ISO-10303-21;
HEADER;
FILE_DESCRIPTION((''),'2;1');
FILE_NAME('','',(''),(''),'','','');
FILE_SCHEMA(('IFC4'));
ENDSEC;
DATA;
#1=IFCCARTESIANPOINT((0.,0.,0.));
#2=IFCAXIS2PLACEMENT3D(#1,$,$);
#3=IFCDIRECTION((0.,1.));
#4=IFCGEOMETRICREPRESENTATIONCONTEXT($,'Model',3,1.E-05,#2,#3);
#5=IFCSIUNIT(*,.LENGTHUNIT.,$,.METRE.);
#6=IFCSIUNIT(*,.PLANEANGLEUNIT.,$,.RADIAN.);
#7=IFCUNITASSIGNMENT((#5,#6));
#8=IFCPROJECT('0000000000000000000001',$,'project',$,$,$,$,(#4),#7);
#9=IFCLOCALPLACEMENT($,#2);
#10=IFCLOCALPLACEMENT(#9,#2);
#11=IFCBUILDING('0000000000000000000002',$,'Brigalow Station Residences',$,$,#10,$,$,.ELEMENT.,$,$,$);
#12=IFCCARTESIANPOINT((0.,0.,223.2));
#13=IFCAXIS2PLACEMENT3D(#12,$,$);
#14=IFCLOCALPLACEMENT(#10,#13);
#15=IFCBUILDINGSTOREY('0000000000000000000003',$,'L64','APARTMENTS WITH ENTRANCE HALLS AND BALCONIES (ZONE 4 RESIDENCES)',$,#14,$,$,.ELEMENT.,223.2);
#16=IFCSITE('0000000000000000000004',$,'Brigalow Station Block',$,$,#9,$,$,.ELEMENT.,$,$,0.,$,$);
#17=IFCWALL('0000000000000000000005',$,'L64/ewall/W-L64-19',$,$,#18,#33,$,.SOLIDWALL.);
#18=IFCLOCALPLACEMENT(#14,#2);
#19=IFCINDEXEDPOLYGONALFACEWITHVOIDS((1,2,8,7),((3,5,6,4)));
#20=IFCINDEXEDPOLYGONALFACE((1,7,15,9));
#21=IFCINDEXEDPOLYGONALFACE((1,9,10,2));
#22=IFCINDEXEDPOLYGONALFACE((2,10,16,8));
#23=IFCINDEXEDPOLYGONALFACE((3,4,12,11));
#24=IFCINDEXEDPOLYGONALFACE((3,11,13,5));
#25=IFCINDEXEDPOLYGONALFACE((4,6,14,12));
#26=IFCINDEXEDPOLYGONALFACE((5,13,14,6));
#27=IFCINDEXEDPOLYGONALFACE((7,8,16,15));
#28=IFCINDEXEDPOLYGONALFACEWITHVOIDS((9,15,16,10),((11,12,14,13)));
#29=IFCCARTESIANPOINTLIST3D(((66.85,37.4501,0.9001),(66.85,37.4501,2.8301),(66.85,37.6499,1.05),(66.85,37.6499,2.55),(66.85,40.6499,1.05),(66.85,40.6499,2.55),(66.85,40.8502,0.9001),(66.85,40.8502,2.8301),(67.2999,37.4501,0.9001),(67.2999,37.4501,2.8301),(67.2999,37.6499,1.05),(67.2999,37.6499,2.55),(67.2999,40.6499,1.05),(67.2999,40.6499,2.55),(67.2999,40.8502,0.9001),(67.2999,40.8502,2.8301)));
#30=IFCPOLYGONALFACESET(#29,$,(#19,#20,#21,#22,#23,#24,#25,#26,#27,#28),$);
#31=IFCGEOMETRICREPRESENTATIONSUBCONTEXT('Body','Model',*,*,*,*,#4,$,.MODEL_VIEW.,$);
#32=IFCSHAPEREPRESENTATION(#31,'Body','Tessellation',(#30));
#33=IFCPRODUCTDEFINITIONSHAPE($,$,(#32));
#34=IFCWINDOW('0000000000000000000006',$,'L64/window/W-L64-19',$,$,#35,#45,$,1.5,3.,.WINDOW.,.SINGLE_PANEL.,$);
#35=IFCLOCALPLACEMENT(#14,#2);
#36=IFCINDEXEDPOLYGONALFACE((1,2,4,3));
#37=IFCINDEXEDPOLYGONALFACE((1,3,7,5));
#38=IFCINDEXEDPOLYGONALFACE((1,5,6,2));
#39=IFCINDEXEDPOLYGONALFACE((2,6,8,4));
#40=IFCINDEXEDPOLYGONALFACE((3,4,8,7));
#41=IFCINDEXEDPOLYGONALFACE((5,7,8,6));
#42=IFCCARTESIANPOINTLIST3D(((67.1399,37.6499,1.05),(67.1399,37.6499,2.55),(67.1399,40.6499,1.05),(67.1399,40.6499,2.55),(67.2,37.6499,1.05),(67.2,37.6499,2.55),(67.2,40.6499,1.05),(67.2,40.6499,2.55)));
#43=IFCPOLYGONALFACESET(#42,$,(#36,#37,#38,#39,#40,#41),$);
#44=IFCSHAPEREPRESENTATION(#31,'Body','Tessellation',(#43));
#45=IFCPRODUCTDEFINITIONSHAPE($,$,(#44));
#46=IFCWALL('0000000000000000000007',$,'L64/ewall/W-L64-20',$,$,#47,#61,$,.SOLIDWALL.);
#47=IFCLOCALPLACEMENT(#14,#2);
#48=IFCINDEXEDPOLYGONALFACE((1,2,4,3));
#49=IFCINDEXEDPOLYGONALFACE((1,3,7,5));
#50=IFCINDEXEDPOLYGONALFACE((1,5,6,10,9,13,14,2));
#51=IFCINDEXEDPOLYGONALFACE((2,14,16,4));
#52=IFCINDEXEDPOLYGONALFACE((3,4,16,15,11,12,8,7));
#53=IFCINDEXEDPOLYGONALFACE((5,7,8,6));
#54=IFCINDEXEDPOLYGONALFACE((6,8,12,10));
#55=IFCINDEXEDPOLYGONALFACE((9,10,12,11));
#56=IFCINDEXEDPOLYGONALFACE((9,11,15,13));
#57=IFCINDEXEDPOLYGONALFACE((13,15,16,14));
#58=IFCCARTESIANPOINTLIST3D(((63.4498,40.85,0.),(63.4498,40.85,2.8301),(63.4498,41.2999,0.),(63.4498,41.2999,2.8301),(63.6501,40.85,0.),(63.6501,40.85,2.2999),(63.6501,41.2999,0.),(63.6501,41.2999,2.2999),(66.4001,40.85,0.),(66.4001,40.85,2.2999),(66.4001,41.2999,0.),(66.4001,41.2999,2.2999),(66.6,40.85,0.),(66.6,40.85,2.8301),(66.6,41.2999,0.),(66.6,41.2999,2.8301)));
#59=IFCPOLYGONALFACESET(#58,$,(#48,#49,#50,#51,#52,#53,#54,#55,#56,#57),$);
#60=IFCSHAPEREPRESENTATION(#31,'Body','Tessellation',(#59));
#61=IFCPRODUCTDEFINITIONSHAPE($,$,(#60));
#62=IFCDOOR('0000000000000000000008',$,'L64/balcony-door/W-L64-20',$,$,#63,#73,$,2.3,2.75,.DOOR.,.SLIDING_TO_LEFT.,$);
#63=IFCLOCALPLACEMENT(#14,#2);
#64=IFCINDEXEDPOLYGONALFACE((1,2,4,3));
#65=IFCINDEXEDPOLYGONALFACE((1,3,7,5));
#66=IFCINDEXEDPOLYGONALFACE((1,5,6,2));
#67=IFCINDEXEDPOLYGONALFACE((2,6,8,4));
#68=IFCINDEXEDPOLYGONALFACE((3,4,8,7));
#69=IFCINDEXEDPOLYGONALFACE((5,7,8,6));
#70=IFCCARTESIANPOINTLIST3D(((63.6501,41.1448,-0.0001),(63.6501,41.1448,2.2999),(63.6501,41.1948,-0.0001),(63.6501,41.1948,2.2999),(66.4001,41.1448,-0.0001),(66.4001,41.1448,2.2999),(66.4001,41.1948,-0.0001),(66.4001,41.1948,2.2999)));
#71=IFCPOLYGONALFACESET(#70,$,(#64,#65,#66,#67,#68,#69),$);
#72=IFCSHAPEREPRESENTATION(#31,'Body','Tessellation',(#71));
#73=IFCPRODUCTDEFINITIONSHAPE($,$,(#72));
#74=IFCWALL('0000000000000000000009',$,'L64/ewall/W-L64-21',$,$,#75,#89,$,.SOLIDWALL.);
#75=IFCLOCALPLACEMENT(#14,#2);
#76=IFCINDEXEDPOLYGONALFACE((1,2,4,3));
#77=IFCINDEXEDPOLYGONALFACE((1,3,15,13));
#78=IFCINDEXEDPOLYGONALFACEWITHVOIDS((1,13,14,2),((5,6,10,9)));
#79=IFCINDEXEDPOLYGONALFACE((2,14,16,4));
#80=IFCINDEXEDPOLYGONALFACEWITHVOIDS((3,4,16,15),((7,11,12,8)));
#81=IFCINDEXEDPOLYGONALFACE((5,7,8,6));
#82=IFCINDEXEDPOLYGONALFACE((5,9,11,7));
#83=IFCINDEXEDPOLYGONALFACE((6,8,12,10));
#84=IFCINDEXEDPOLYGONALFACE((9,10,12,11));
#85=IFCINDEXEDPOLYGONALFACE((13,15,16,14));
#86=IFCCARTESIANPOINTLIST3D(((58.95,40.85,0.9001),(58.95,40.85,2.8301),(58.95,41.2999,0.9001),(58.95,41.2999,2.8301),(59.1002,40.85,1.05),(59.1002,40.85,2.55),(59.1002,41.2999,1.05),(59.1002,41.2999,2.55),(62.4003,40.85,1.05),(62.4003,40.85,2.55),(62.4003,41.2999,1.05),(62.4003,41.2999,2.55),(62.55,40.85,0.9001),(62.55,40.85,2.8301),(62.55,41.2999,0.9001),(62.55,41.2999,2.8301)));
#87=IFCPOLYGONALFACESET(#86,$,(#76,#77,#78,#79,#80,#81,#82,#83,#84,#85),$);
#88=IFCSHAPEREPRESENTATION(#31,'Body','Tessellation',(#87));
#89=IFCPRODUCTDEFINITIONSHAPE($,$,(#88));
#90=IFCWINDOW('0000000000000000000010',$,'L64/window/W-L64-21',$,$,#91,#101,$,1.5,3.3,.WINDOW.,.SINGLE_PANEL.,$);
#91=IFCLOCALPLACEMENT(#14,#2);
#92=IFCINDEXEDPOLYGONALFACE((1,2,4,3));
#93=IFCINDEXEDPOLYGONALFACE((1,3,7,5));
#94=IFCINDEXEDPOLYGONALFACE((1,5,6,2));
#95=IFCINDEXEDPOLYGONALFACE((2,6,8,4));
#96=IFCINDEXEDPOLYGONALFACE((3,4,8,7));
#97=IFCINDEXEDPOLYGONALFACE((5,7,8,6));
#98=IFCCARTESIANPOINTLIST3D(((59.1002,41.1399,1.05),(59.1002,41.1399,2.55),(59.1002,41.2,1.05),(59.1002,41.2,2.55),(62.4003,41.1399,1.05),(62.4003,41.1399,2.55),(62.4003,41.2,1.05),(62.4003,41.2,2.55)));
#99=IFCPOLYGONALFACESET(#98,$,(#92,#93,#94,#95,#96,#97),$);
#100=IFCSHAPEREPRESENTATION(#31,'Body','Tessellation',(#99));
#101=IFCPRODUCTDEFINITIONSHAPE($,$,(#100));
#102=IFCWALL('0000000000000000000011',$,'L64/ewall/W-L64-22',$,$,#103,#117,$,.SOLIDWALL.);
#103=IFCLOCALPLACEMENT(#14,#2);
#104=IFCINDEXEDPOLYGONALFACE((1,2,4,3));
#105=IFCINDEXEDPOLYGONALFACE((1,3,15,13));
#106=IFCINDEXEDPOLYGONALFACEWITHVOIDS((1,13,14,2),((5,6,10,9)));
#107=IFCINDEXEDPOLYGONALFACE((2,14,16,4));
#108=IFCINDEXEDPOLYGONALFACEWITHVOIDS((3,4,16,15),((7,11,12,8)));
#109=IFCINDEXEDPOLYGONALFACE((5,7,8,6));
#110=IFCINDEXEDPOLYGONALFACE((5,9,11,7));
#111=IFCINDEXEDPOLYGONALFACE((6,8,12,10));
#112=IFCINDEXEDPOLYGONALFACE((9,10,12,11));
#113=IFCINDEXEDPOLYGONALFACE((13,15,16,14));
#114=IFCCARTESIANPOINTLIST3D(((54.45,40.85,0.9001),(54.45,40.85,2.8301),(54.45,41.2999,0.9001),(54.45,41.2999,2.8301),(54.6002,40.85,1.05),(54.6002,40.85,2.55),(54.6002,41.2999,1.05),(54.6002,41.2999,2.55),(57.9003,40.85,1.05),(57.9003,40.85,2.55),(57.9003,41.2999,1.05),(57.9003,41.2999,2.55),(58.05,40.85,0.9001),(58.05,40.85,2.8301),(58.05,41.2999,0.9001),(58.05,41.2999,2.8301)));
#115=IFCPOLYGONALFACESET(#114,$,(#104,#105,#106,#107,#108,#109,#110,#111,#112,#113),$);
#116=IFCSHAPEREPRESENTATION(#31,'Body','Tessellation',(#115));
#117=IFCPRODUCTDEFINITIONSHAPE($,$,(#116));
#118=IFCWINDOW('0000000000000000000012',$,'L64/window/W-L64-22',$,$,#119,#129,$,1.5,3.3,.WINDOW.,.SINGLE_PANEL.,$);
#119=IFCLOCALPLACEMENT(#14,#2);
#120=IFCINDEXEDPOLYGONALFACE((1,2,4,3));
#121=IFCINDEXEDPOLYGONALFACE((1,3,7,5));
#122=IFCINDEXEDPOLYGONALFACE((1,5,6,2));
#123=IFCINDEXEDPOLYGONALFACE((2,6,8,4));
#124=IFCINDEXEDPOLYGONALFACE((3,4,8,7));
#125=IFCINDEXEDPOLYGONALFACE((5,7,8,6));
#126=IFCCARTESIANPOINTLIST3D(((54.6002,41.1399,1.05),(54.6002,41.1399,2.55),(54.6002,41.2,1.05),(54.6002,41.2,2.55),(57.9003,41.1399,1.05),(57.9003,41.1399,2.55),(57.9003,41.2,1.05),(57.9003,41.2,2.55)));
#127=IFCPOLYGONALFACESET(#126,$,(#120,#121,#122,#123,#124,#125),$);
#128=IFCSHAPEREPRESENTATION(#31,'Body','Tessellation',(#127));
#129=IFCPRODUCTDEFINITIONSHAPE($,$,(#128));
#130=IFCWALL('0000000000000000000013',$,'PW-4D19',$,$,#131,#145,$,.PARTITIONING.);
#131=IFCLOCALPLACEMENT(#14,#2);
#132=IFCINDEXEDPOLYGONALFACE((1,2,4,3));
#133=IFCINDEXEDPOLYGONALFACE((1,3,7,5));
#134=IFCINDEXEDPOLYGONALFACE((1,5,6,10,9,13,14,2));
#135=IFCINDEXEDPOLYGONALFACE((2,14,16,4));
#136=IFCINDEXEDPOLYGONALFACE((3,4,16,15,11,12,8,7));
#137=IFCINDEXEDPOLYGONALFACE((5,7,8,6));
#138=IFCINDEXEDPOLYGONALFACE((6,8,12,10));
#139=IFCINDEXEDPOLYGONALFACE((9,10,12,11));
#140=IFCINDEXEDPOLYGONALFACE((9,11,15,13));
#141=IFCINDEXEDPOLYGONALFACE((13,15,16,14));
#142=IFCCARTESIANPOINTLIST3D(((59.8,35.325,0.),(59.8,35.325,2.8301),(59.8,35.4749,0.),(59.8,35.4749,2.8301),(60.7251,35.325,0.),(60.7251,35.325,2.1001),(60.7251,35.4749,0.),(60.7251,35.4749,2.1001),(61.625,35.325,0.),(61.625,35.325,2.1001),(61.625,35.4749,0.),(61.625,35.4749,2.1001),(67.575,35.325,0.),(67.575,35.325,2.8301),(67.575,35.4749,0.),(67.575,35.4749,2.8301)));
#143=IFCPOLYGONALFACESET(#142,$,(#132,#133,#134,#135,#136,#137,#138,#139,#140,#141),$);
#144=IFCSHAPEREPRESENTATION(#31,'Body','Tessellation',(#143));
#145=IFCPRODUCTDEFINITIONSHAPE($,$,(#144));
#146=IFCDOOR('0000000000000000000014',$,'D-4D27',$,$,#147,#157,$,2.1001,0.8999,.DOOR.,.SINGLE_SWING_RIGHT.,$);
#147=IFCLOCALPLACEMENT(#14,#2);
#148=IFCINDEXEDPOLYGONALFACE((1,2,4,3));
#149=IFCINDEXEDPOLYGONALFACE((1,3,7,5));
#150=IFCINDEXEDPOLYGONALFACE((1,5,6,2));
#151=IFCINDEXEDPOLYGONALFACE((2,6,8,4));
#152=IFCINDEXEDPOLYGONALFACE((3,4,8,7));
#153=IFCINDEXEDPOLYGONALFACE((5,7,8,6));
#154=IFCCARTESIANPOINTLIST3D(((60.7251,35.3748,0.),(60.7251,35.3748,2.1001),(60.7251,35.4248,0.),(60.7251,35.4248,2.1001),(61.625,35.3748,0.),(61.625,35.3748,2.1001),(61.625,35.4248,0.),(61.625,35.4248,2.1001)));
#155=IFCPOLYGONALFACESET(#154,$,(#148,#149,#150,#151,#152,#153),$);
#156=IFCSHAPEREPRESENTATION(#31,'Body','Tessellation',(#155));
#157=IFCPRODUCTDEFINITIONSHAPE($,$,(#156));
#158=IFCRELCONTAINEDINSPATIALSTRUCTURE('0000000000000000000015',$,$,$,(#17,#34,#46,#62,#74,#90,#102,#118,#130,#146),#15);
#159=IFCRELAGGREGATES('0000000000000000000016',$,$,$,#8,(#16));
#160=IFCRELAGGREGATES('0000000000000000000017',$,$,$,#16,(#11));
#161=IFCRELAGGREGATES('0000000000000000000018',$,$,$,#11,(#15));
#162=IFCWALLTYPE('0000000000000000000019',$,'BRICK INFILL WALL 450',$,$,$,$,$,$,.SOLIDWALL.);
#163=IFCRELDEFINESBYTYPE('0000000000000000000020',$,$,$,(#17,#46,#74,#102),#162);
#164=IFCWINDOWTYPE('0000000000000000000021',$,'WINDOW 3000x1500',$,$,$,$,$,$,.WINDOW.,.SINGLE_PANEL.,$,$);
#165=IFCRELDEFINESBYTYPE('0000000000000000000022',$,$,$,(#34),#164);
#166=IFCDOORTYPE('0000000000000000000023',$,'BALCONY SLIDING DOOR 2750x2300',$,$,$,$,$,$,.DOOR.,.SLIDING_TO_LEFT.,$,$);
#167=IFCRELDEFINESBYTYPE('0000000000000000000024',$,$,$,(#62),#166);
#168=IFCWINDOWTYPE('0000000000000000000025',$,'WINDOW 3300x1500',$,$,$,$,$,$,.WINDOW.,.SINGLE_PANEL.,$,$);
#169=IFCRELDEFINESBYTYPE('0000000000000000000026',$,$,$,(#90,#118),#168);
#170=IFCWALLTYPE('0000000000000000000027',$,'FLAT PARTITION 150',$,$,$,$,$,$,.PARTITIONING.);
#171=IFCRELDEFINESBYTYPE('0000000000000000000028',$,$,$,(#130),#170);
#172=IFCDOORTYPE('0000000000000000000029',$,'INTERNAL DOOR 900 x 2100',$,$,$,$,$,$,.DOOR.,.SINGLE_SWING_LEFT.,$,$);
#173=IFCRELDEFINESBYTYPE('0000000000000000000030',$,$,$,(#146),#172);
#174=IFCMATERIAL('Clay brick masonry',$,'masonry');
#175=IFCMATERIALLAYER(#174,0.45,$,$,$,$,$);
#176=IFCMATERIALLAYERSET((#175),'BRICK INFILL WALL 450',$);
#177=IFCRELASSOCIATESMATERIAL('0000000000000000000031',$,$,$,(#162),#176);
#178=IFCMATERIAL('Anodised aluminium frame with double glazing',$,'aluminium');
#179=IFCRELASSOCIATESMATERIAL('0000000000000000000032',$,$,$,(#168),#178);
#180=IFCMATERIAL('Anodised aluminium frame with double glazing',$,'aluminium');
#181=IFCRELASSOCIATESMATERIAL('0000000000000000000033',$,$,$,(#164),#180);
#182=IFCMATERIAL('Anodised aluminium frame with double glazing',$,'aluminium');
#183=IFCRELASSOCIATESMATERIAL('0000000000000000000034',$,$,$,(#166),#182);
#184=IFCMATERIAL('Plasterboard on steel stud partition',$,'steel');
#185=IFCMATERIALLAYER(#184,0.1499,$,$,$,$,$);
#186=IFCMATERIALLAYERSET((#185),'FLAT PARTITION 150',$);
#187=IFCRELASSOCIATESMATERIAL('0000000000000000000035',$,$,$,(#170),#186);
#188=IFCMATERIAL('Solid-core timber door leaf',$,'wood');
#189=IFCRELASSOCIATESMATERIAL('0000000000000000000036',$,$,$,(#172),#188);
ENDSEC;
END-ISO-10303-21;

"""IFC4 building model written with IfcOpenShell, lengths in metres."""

from ifc_helpers import new_model, si_unit, direction, frame, frame_2d, origin, place, context, subcontext, project, spatial, rectangle, extrude, material, layer, layer_set, type_object, element, fill, save


model = new_model("IFC4")

# Units and contexts
model_context = context("Model", 3, precision=1e-05, world=origin(), true_north=direction((0.0, 1.0)))
body_context = subcontext(model_context, "Body", "Model", "MODEL_VIEW")
ifc_project = project(units=[si_unit("LENGTHUNIT", "METRE"), si_unit("PLANEANGLEUNIT", "RADIAN")], contexts=[model_context])

# Site, building, storey
site_placement = place(None, origin())
site = spatial("IfcSite", under=ifc_project, at=site_placement, Name="Brigalow Station Block", CompositionType="ELEMENT", RefElevation=0.0)
building_placement = place(site_placement, origin())
building = spatial("IfcBuilding", under=site, at=building_placement, Name="Brigalow Station Residences", CompositionType="ELEMENT")
storey_placement = place(building_placement, frame((0.0, 0.0, 223.2)))
storey = spatial("IfcBuildingStorey", under=building, at=storey_placement, Name="L64", Description="APARTMENTS WITH ENTRANCE HALLS AND BALCONIES (ZONE 4 RESIDENCES)", CompositionType="ELEMENT", Elevation=223.2)

# Wall, opening, window
ifc_material_1 = material(Name="Clay brick masonry", Category="masonry")
ifc_layer_1 = layer(ifc_material_1, 0.45)
ifc_layer_set_1 = layer_set([ifc_layer_1], Name="BRICK INFILL WALL 450")
wall_type_1 = type_object("IfcWallType", Name="BRICK INFILL WALL 450", PredefinedType="SOLIDWALL", material=ifc_layer_set_1)
ifc_material_2 = material(Name="Anodised aluminium frame with double glazing", Category="aluminium")
window_type_1 = type_object("IfcWindowType", Name="WINDOW 3300x1500", PartitioningType="SINGLE_PANEL", PredefinedType="WINDOW", material=ifc_material_2)
wall_1_placement = place(storey_placement, frame((67.075, 37.45, 0.9001), z_axis=(0.0, 0.0, 1.0), x_axis=(0.0, 1.0, 0.0)))
wall_1 = element("IfcWall", 1, at=wall_1_placement, inside=storey, type_object=wall_type_1, Name="L64/ewall/W-L64-19", PredefinedType="SOLIDWALL", context=body_context, shape_type="SweptSolid", body=[
    extrude(rectangle(XDim=3.4001, YDim=0.45, at=frame_2d((1.7002, 0.0))), origin(), (0.0, 0.0, 1.0), 1.9299),
])
opening_1_placement = place(wall_1_placement, frame((0.2, 0.0, 0.1499)))
opening_1 = element("IfcOpeningElement", 2, at=opening_1_placement, cuts=wall_1, PredefinedType="OPENING", context=body_context, shape_type="SweptSolid", body=[
    extrude(rectangle(XDim=3.0, YDim=1.5, at=frame_2d((1.5, 0.75))), frame((0.0, 0.2349, 0.0), z_axis=(0.0, -1.0, 0.0), x_axis=(1.0, 0.0, 0.0)), (0.0, 0.0, 1.0), 0.47),
])
ifc_material_3 = material(Name="Anodised aluminium frame with double glazing", Category="aluminium")
window_type_2 = type_object("IfcWindowType", Name="WINDOW 3000x1500", PartitioningType="SINGLE_PANEL", PredefinedType="WINDOW", material=ifc_material_3)
window_1_placement = place(opening_1_placement, origin())
window_1 = element("IfcWindow", 3, at=window_1_placement, inside=storey, type_object=window_type_2, Name="L64/window/W-L64-19", OverallHeight=1.5, OverallWidth=3.0, PartitioningType="SINGLE_PANEL", PredefinedType="WINDOW", context=body_context, shape_type="SweptSolid", body=[
    extrude(rectangle(XDim=3.0, YDim=1.5, at=frame_2d((1.5, 0.75))), frame((0.0, -0.0649, 0.0), z_axis=(0.0, -1.0, 0.0), x_axis=(1.0, 0.0, 0.0)), (0.0, 0.0, 1.0), 0.0601),
])
fill(opening_1, window_1)

# Wall, opening, door
wall_2_placement = place(storey_placement, frame((66.6001, 41.075, 0.0), z_axis=(0.0, 0.0, 1.0), x_axis=(-1.0, 0.0, 0.0)))
wall_2 = element("IfcWall", 4, at=wall_2_placement, inside=storey, type_object=wall_type_1, Name="L64/ewall/W-L64-20", PredefinedType="SOLIDWALL", context=body_context, shape_type="SweptSolid", body=[
    extrude(rectangle(XDim=3.1501, YDim=0.45, at=frame_2d((1.5752, 0.0))), origin(), (0.0, 0.0, 1.0), 2.8301),
])
opening_2_placement = place(wall_2_placement, frame((0.2, 0.0, 0.0)))
opening_2 = element("IfcOpeningElement", 5, at=opening_2_placement, cuts=wall_2, PredefinedType="OPENING", context=body_context, shape_type="SweptSolid", body=[
    extrude(rectangle(XDim=2.75, YDim=2.3, at=frame_2d((1.375, 1.1499))), frame((0.0, 0.2349, 0.0), z_axis=(0.0, -1.0, 0.0), x_axis=(1.0, 0.0, 0.0)), (0.0, 0.0, 1.0), 0.47),
])
ifc_material_4 = material(Name="Anodised aluminium frame with double glazing", Category="aluminium")
door_type_1 = type_object("IfcDoorType", Name="BALCONY SLIDING DOOR 2750x2300", OperationType="SLIDING_TO_LEFT", PredefinedType="DOOR", material=ifc_material_4)
door_1_placement = place(opening_2_placement, origin())
door_1 = element("IfcDoor", 6, at=door_1_placement, inside=storey, type_object=door_type_1, Name="L64/balcony-door/W-L64-20", OperationType="SLIDING_TO_LEFT", OverallHeight=2.3, OverallWidth=2.75, PredefinedType="DOOR", context=body_context, shape_type="SweptSolid", body=[
    extrude(rectangle(XDim=2.75, YDim=2.3, at=frame_2d((1.375, 1.1499))), frame((0.0, -0.0698, 0.0), z_axis=(0.0, -1.0, 0.0), x_axis=(1.0, 0.0, 0.0)), (0.0, 0.0, 1.0), 0.05),
])
fill(opening_2, door_1)

# Walls, openings, windows
wall_3_placement = place(storey_placement, frame((62.55, 41.075, 0.9001), z_axis=(0.0, 0.0, 1.0), x_axis=(-1.0, 0.0, 0.0)))
wall_3 = element("IfcWall", 7, at=wall_3_placement, inside=storey, type_object=wall_type_1, Name="L64/ewall/W-L64-21", PredefinedType="SOLIDWALL", context=body_context, shape_type="SweptSolid", body=[
    extrude(rectangle(XDim=3.6001, YDim=0.45, at=frame_2d((1.8, 0.0))), origin(), (0.0, 0.0, 1.0), 1.9299),
])
opening_3_placement = place(wall_3_placement, frame((0.1499, 0.0, 0.1499)))
opening_3 = element("IfcOpeningElement", 8, at=opening_3_placement, cuts=wall_3, PredefinedType="OPENING", context=body_context, shape_type="SweptSolid", body=[
    extrude(rectangle(XDim=3.3, YDim=1.5, at=frame_2d((1.6499, 0.75))), frame((0.0, 0.2349, 0.0), z_axis=(0.0, -1.0, 0.0), x_axis=(1.0, 0.0, 0.0)), (0.0, 0.0, 1.0), 0.47),
])
window_2_placement = place(opening_3_placement, origin())
window_2 = element("IfcWindow", 9, at=window_2_placement, inside=storey, type_object=window_type_1, Name="L64/window/W-L64-21", OverallHeight=1.5, OverallWidth=3.3, PartitioningType="SINGLE_PANEL", PredefinedType="WINDOW", context=body_context, shape_type="SweptSolid", body=[
    extrude(rectangle(XDim=3.3, YDim=1.5, at=frame_2d((1.6499, 0.75))), frame((0.0, -0.0649, 0.0), z_axis=(0.0, -1.0, 0.0), x_axis=(1.0, 0.0, 0.0)), (0.0, 0.0, 1.0), 0.0601),
])
fill(opening_3, window_2)
wall_4_placement = place(storey_placement, frame((58.05, 41.075, 0.9001), z_axis=(0.0, 0.0, 1.0), x_axis=(-1.0, 0.0, 0.0)))
wall_4 = element("IfcWall", 10, at=wall_4_placement, inside=storey, type_object=wall_type_1, Name="L64/ewall/W-L64-22", PredefinedType="SOLIDWALL", context=body_context, shape_type="SweptSolid", body=[
    extrude(rectangle(XDim=3.6001, YDim=0.45, at=frame_2d((1.8, 0.0))), origin(), (0.0, 0.0, 1.0), 1.9299),
])
opening_4_placement = place(wall_4_placement, frame((0.1499, 0.0, 0.1499)))
opening_4 = element("IfcOpeningElement", 11, at=opening_4_placement, cuts=wall_4, PredefinedType="OPENING", context=body_context, shape_type="SweptSolid", body=[
    extrude(rectangle(XDim=3.3, YDim=1.5, at=frame_2d((1.6499, 0.75))), frame((0.0, 0.2349, 0.0), z_axis=(0.0, -1.0, 0.0), x_axis=(1.0, 0.0, 0.0)), (0.0, 0.0, 1.0), 0.47),
])
window_3_placement = place(opening_4_placement, origin())
window_3 = element("IfcWindow", 12, at=window_3_placement, inside=storey, type_object=window_type_1, Name="L64/window/W-L64-22", OverallHeight=1.5, OverallWidth=3.3, PartitioningType="SINGLE_PANEL", PredefinedType="WINDOW", context=body_context, shape_type="SweptSolid", body=[
    extrude(rectangle(XDim=3.3, YDim=1.5, at=frame_2d((1.6499, 0.75))), frame((0.0, -0.0649, 0.0), z_axis=(0.0, -1.0, 0.0), x_axis=(1.0, 0.0, 0.0)), (0.0, 0.0, 1.0), 0.0601),
])
fill(opening_4, window_3)

# Wall, opening, door
ifc_material_5 = material(Name="Plasterboard on steel stud partition", Category="steel")
ifc_layer_2 = layer(ifc_material_5, 0.1499)
ifc_layer_set_2 = layer_set([ifc_layer_2], Name="FLAT PARTITION 150")
wall_type_2 = type_object("IfcWallType", Name="FLAT PARTITION 150", PredefinedType="PARTITIONING", material=ifc_layer_set_2)
wall_5_placement = place(storey_placement, frame((59.8, 35.3999, 0.0), z_axis=(0.0, 0.0, 1.0), x_axis=(1.0, 0.0, 0.0)))
wall_5 = element("IfcWall", 13, at=wall_5_placement, inside=storey, type_object=wall_type_2, Name="PW-4D19", PredefinedType="PARTITIONING", context=body_context, shape_type="SweptSolid", body=[
    extrude(rectangle(XDim=7.7749, YDim=0.1499, at=frame_2d((3.8875, 0.0))), origin(), (0.0, 0.0, 1.0), 2.8301),
])
opening_5_placement = place(wall_5_placement, frame((0.925, 0.0, 0.0)))
opening_5 = element("IfcOpeningElement", 14, at=opening_5_placement, cuts=wall_5, PredefinedType="OPENING", context=body_context, shape_type="SweptSolid", body=[
    extrude(rectangle(XDim=0.8999, YDim=2.1001, at=frame_2d((0.45, 1.05))), frame((0.0, 0.085, 0.0), z_axis=(0.0, -1.0, 0.0), x_axis=(1.0, 0.0, 0.0)), (0.0, 0.0, 1.0), 0.1699),
])
ifc_material_6 = material(Name="Solid-core timber door leaf", Category="wood")
door_type_2 = type_object("IfcDoorType", Name="INTERNAL DOOR 900 x 2100", OperationType="SINGLE_SWING_LEFT", PredefinedType="DOOR", material=ifc_material_6)
door_2_placement = place(opening_5_placement, origin())
door_2 = element("IfcDoor", 15, at=door_2_placement, inside=storey, type_object=door_type_2, Name="D-4D27", OperationType="SINGLE_SWING_RIGHT", OverallHeight=2.1001, OverallWidth=0.8999, PredefinedType="DOOR", context=body_context, shape_type="SweptSolid", body=[
    extrude(rectangle(XDim=0.8999, YDim=2.1001, at=frame_2d((0.45, 1.05))), frame((0.0, 0.0249, 0.0), z_axis=(0.0, -1.0, 0.0), x_axis=(1.0, 0.0, 0.0)), (0.0, 0.0, 1.0), 0.05),
])
fill(opening_5, door_2)

save(model, "model.ifc")
